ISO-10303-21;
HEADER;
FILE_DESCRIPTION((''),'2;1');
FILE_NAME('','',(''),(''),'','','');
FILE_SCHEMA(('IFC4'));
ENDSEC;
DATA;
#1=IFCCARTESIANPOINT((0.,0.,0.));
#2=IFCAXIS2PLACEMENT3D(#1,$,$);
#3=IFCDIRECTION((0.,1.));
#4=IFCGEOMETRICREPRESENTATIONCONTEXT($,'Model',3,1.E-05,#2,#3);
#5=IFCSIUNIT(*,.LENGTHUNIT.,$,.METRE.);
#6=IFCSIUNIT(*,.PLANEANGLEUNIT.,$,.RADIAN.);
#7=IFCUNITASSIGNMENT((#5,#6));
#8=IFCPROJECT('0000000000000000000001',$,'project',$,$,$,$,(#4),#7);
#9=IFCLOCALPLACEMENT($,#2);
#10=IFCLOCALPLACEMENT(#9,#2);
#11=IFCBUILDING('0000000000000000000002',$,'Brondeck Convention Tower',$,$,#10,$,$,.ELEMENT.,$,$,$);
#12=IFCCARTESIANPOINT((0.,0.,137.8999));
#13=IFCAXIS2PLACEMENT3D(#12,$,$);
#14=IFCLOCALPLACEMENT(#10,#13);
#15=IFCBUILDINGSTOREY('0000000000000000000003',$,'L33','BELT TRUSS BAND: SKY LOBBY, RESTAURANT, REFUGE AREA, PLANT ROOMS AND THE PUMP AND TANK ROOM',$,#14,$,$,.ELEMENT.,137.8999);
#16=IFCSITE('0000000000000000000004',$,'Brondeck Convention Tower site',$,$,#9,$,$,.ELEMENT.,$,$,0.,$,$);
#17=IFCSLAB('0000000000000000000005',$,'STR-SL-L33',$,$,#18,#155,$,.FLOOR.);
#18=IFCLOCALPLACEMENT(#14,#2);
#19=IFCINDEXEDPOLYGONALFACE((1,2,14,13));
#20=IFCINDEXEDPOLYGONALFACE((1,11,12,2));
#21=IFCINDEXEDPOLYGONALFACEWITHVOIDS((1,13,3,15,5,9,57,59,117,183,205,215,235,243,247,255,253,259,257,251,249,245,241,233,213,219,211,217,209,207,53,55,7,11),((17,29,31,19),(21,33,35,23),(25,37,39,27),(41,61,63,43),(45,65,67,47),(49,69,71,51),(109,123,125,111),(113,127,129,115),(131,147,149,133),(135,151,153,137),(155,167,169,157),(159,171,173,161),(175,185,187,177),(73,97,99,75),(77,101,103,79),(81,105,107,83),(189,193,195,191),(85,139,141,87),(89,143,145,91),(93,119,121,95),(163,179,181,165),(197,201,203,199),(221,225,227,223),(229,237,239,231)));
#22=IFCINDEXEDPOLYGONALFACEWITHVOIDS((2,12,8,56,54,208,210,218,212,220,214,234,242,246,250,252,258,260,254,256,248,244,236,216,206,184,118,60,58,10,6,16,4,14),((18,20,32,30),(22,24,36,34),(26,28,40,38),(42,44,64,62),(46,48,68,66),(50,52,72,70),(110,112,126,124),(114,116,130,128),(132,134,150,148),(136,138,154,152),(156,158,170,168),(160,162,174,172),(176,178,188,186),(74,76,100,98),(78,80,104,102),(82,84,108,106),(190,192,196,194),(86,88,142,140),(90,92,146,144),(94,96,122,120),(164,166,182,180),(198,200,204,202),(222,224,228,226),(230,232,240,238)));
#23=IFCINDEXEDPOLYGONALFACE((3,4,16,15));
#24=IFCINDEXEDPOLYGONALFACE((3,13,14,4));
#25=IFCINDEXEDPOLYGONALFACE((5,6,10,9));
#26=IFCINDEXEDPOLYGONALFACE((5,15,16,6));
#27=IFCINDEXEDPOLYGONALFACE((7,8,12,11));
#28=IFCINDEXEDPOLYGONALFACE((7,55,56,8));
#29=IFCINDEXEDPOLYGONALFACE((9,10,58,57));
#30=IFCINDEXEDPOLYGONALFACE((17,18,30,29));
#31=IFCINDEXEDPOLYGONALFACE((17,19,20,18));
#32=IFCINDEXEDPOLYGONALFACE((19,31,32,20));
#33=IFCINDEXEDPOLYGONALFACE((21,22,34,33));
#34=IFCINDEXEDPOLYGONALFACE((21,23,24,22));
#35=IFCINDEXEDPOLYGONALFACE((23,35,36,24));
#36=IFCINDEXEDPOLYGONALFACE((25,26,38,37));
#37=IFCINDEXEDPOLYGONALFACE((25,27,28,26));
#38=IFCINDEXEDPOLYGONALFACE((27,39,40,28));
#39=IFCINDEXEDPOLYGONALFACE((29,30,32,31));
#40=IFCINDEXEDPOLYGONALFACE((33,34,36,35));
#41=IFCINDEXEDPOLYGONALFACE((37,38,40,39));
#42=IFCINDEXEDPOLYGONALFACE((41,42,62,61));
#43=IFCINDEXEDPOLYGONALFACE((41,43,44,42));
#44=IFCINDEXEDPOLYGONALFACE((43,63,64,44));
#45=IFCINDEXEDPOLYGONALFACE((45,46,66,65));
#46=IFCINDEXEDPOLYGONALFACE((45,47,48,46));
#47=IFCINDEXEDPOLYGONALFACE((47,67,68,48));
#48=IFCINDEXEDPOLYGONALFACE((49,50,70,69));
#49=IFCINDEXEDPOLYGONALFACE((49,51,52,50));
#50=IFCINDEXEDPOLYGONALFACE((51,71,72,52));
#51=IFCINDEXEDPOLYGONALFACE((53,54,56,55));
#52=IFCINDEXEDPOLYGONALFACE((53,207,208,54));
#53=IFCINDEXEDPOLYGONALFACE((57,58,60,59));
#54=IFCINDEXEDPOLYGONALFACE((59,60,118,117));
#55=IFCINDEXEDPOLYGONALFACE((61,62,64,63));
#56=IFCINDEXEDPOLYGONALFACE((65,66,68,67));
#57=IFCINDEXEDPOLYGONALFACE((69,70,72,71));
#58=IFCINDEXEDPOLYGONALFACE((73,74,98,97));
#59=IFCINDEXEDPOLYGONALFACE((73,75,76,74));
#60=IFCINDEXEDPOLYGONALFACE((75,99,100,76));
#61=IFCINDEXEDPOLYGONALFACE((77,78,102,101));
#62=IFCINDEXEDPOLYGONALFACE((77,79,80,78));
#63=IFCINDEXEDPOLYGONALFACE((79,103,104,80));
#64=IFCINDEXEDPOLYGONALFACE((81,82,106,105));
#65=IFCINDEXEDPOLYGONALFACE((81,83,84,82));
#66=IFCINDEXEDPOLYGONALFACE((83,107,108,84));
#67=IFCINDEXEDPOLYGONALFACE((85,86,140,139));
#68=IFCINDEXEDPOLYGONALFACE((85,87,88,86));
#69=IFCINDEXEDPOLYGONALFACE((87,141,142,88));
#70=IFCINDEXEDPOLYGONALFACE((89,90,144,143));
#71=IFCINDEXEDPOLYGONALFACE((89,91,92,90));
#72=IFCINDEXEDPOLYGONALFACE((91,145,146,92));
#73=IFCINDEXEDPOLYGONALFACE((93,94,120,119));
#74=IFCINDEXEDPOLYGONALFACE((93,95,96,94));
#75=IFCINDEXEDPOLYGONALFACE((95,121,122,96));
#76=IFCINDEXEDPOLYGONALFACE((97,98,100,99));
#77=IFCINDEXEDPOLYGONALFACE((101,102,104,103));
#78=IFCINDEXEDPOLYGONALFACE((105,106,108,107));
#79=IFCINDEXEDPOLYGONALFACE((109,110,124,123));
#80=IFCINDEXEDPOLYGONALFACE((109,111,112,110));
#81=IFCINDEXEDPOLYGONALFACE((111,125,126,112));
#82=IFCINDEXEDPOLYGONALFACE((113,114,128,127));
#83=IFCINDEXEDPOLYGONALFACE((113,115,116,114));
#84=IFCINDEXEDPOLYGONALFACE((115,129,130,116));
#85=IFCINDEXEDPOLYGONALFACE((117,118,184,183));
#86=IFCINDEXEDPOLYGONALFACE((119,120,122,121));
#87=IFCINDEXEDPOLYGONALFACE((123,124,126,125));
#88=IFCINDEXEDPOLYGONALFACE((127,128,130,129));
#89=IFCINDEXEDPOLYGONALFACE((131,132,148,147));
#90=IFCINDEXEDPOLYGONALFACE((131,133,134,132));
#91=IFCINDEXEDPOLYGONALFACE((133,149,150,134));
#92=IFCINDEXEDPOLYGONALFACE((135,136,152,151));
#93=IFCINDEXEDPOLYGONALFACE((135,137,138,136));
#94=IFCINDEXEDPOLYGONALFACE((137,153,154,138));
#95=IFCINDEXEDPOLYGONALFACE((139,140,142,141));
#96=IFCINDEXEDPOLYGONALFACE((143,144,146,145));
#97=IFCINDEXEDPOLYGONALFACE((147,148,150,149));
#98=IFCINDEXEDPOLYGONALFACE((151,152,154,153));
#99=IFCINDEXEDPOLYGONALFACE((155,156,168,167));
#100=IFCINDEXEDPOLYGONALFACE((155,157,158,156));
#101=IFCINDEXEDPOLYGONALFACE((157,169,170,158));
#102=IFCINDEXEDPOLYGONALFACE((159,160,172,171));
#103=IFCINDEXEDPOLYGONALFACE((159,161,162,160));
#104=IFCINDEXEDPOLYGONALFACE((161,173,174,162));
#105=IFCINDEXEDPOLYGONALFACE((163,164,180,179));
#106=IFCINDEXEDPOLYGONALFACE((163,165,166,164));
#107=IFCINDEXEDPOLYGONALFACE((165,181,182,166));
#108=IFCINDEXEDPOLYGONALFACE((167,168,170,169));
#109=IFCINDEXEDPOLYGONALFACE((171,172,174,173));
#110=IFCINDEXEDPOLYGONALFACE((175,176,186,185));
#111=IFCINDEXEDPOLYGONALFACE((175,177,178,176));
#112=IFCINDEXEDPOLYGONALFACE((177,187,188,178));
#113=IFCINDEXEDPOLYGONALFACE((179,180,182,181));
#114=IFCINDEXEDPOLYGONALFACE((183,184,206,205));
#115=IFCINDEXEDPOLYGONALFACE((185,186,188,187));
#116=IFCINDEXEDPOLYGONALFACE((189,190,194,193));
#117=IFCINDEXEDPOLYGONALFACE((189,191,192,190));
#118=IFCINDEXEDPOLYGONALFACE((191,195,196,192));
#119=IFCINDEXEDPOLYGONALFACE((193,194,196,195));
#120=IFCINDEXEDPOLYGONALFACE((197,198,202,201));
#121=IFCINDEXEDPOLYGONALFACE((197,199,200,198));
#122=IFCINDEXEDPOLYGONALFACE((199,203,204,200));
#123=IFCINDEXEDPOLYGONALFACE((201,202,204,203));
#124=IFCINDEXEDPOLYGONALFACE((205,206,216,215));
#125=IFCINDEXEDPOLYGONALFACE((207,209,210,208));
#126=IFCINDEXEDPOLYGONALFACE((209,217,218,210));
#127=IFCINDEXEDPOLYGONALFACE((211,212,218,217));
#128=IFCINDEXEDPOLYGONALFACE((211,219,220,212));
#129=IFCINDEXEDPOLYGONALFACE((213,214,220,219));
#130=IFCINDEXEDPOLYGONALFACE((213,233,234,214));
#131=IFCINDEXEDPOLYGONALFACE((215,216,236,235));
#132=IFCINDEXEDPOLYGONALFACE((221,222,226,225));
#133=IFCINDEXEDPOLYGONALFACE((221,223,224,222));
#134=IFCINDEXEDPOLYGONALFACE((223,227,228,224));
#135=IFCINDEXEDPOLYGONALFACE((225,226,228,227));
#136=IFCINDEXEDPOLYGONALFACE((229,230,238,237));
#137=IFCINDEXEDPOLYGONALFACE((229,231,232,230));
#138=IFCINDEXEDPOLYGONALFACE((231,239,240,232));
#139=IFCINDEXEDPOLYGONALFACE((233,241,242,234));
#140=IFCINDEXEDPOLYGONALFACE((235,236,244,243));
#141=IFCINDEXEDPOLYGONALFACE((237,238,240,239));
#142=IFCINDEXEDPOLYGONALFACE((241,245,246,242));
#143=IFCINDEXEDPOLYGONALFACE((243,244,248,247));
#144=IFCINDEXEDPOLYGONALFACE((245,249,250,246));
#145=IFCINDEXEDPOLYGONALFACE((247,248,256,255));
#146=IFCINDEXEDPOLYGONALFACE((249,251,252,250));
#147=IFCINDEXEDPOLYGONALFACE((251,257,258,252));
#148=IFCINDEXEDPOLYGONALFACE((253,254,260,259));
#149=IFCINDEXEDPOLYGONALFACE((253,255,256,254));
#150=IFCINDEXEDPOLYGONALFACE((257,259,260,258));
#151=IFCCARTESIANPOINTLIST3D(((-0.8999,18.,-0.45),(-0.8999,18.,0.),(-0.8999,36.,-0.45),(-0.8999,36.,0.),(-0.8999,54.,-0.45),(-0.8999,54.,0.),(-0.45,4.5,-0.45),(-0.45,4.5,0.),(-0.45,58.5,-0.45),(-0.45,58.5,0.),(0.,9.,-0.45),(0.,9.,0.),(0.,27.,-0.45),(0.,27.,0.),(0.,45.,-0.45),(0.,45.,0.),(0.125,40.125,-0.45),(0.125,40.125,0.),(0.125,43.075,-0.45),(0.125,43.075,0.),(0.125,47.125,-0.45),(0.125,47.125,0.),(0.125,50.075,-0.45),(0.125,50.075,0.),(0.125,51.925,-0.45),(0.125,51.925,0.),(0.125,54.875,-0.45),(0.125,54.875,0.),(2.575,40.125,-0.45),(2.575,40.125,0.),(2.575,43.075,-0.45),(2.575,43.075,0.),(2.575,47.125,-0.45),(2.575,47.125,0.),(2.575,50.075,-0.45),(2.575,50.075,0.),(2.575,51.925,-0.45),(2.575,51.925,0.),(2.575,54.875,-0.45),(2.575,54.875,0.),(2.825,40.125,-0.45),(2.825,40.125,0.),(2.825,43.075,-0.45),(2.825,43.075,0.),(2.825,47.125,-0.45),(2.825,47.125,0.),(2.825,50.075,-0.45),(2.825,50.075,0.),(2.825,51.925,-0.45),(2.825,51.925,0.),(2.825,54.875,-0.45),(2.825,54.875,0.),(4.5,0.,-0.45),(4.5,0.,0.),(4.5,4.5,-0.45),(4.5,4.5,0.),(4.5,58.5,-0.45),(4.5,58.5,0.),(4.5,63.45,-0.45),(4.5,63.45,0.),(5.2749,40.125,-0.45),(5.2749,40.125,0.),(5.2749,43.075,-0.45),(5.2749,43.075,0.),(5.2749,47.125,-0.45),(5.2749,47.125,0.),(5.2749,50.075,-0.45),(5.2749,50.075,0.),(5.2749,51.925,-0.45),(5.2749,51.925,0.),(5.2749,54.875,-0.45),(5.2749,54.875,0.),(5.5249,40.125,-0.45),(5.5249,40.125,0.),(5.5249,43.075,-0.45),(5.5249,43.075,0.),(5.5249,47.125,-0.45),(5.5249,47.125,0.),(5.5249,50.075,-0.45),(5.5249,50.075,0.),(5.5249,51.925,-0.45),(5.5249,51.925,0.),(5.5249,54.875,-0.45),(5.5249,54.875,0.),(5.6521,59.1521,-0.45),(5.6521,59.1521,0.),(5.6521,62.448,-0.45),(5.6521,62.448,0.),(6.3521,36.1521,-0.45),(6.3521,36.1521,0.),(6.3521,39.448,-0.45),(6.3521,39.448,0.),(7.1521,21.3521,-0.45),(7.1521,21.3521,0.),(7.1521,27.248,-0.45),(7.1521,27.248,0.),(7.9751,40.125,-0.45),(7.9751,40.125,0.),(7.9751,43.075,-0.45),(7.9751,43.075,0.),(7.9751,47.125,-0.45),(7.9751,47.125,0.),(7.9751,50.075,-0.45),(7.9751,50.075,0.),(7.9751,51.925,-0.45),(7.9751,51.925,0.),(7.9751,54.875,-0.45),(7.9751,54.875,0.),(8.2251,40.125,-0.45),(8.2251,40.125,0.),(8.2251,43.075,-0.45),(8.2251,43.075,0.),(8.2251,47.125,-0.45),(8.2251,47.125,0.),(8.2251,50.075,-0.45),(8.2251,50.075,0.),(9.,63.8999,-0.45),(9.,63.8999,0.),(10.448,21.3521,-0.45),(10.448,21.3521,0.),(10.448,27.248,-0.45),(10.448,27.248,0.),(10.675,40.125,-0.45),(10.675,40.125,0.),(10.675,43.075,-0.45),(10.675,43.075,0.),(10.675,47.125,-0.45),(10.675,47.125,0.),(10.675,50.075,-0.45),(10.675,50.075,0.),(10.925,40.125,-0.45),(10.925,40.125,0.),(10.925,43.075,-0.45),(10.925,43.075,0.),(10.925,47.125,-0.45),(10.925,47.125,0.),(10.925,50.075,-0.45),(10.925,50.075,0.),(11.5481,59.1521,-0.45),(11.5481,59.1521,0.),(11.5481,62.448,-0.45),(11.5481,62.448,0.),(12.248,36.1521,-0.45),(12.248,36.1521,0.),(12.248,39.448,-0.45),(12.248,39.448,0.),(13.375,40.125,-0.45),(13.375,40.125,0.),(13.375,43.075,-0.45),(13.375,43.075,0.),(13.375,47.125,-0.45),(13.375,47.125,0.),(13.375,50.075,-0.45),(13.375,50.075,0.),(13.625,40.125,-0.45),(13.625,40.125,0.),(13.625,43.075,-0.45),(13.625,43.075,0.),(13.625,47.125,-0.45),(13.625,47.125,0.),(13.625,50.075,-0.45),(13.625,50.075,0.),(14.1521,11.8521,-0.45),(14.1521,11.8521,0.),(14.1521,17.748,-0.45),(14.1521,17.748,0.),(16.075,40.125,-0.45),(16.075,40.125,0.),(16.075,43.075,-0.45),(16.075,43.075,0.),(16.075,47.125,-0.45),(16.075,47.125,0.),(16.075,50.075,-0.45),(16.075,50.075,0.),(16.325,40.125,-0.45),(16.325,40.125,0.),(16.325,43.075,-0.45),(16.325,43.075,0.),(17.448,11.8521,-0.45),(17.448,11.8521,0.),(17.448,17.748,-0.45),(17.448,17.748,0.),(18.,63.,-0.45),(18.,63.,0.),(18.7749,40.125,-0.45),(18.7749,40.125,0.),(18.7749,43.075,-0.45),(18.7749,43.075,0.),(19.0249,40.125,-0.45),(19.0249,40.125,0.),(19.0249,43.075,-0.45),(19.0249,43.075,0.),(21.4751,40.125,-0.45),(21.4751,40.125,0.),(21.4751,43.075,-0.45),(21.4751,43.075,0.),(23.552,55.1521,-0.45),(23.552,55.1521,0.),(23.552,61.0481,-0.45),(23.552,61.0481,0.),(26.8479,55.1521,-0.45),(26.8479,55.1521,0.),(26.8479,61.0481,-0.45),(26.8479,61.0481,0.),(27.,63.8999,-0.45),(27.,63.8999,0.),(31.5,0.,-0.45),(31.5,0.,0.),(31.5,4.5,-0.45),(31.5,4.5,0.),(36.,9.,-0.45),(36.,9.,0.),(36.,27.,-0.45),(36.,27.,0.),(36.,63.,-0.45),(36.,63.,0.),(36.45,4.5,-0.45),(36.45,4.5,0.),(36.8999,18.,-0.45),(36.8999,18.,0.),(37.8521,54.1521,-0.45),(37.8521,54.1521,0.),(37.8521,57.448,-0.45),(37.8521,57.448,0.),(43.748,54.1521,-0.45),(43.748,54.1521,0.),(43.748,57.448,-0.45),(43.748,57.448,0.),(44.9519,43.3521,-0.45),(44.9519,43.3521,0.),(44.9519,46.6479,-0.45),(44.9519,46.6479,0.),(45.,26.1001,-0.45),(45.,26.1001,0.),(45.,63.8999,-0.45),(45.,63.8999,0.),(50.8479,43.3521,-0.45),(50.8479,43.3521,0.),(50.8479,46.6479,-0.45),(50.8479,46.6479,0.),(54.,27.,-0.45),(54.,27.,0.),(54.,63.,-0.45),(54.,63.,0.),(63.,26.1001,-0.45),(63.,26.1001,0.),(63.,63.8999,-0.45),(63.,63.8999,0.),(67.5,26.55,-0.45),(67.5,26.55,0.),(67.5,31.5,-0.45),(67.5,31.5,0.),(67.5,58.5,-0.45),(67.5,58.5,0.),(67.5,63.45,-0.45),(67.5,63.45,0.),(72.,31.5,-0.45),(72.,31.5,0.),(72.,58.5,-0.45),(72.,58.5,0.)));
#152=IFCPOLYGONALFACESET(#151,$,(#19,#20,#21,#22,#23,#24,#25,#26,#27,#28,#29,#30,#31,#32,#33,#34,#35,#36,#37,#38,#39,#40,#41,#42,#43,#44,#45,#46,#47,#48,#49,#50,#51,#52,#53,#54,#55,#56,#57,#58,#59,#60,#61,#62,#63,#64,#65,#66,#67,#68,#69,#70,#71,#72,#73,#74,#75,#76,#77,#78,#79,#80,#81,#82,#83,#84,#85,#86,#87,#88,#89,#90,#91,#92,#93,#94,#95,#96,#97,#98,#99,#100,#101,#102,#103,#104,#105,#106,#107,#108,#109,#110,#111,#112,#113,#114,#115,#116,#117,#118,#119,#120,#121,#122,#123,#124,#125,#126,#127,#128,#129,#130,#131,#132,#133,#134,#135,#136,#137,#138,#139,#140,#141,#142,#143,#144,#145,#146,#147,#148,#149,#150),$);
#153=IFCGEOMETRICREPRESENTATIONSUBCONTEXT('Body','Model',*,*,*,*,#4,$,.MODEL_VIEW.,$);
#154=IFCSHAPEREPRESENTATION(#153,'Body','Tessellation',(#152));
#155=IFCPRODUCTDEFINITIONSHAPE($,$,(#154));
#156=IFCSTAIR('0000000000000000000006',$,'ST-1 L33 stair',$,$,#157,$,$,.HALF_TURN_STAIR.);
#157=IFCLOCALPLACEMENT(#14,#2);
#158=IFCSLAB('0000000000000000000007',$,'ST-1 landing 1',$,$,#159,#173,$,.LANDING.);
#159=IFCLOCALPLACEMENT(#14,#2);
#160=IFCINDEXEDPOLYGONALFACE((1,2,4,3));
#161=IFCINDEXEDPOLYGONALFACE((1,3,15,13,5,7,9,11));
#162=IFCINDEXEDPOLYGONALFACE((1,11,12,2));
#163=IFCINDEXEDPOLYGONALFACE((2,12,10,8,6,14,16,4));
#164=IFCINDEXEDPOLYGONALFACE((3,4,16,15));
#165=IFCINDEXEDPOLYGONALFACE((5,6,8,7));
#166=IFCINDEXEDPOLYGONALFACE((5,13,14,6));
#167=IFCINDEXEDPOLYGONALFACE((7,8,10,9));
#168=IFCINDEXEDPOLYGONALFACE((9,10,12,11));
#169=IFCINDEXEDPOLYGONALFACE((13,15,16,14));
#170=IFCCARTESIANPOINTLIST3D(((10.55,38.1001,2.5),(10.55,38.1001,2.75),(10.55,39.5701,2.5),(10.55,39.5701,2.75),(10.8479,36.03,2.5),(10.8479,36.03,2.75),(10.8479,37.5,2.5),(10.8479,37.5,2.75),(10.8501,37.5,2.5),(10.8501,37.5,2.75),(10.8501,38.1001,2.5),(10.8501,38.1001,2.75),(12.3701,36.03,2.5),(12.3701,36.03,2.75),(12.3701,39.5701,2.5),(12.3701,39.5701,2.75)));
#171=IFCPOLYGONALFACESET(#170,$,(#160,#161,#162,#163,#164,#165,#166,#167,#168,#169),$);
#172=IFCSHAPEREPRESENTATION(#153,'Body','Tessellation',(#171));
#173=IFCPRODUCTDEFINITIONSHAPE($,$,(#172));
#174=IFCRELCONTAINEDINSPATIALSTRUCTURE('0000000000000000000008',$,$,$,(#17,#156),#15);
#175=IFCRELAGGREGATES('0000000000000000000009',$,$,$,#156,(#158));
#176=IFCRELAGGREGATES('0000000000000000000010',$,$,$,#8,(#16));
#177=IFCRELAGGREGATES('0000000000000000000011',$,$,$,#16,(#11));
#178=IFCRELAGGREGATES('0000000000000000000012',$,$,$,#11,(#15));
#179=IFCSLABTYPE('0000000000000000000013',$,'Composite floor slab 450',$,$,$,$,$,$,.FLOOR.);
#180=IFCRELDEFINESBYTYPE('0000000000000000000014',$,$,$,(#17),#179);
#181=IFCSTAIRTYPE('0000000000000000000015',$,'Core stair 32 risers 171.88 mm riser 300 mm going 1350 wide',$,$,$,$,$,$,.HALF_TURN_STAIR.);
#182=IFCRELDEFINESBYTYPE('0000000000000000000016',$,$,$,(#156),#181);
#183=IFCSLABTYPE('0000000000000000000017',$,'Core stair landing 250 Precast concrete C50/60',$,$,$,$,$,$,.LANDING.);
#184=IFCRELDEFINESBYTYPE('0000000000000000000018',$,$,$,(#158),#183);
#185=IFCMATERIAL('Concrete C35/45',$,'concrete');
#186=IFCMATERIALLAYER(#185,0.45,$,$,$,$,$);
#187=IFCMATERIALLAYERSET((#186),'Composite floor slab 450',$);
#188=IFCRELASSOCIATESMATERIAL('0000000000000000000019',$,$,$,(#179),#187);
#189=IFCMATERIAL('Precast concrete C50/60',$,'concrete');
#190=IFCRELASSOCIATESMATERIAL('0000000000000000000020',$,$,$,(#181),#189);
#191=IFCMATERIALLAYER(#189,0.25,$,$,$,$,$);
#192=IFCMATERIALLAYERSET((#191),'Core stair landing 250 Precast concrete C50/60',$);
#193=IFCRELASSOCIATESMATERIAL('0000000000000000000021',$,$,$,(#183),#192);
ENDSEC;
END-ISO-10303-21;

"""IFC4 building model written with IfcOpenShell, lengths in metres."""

from ifc_helpers import new_model, si_unit, direction, frame, origin, place, context, subcontext, project, spatial, polyline, outline, extrude, material, layer, layer_set, type_object, element, aggregate, save


model = new_model("IFC4")

# Units and contexts
model_context = context("Model", 3, precision=1e-05, world=origin(), true_north=direction((0.0, 1.0)))
body_context = subcontext(model_context, "Body", "Model", "MODEL_VIEW")
ifc_project = project(units=[si_unit("LENGTHUNIT", "METRE"), si_unit("PLANEANGLEUNIT", "RADIAN")], contexts=[model_context])

# Site, building, storey
site_placement = place(None, origin())
site = spatial("IfcSite", under=ifc_project, at=site_placement, Name="Brondeck Convention Tower site", CompositionType="ELEMENT", RefElevation=0.0)
building_placement = place(site_placement, origin())
building = spatial("IfcBuilding", under=site, at=building_placement, Name="Brondeck Convention Tower", CompositionType="ELEMENT")
storey_placement = place(building_placement, frame((0.0, 0.0, 137.8999)))
storey = spatial("IfcBuildingStorey", under=building, at=storey_placement, Name="L33", Description="BELT TRUSS BAND: SKY LOBBY, RESTAURANT, REFUGE AREA, PLANT ROOMS AND THE PUMP AND TANK ROOM", CompositionType="ELEMENT", Elevation=137.8999)

# Slab
ifc_material_1 = material(Name="Concrete C35/45", Category="concrete")
ifc_layer_1 = layer(ifc_material_1, 0.45)
ifc_layer_set_1 = layer_set([ifc_layer_1], Name="Composite floor slab 450")
slab_type_1 = type_object("IfcSlabType", Name="Composite floor slab 450", PredefinedType="FLOOR", material=ifc_layer_set_1)
slab_1_placement = place(storey_placement, frame((0.0, 0.0, -0.45)))
element("IfcSlab", 1, at=slab_1_placement, inside=storey, type_object=slab_type_1, Name="STR-SL-L33", PredefinedType="FLOOR", context=body_context, shape_type="SweptSolid", body=[
    extrude(outline(polyline([(4.5, 4.5), (-0.45, 4.5), (0.0, 9.0), (-0.8999, 18.0), (0.0, 27.0), (-0.8999, 36.0), (0.0, 45.0), (-0.8999, 54.0), (-0.45, 58.5), (4.5, 58.5), (4.5, 63.45), (9.0, 63.8999), (18.0, 63.0), (27.0, 63.8999), (36.0, 63.0), (45.0, 63.8999), (54.0, 63.0), (63.0, 63.8999), (67.5, 63.45), (67.5, 58.5), (72.0, 58.5), (72.0, 31.5), (67.5, 31.5), (67.5, 26.55), (63.0, 26.1001), (54.0, 27.0), (45.0, 26.1001), (36.0, 27.0), (36.8999, 18.0), (36.0, 9.0), (36.45, 4.5), (31.5, 4.5), (31.5, 0.0), (4.5, 0.0), (4.5, 4.5)]), holes=[polyline([(10.448, 27.248), (7.1521, 27.248), (7.1521, 21.3521), (10.448, 21.3521), (10.448, 27.248)]), polyline([(6.3521, 36.1521), (12.248, 36.1521), (12.248, 39.448), (6.3521, 39.448), (6.3521, 36.1521)]), polyline([(0.125, 40.125), (2.575, 40.125), (2.575, 43.075), (0.125, 43.075), (0.125, 40.125)]), polyline([(5.2749, 40.125), (5.2749, 43.075), (2.825, 43.075), (2.825, 40.125), (5.2749, 40.125)]), polyline([(5.5249, 40.125), (7.9751, 40.125), (7.9751, 43.075), (5.5249, 43.075), (5.5249, 40.125)]), polyline([(0.125, 47.125), (2.575, 47.125), (2.575, 50.075), (0.125, 50.075), (0.125, 47.125)]), polyline([(5.2749, 47.125), (5.2749, 50.075), (2.825, 50.075), (2.825, 47.125), (5.2749, 47.125)]), polyline([(5.5249, 47.125), (7.9751, 47.125), (7.9751, 50.075), (5.5249, 50.075), (5.5249, 47.125)]), polyline([(0.125, 51.925), (2.575, 51.925), (2.575, 54.875), (0.125, 54.875), (0.125, 51.925)]), polyline([(5.2749, 51.925), (5.2749, 54.875), (2.825, 54.875), (2.825, 51.925), (5.2749, 51.925)]), polyline([(5.5249, 51.925), (7.9751, 51.925), (7.9751, 54.875), (5.5249, 54.875), (5.5249, 51.925)]), polyline([(11.5481, 62.448), (5.6521, 62.448), (5.6521, 59.1521), (11.5481, 59.1521), (11.5481, 62.448)]), polyline([(17.448, 17.748), (14.1521, 17.748), (14.1521, 11.8521), (17.448, 11.8521), (17.448, 17.748)]), polyline([(8.2251, 40.125), (10.675, 40.125), (10.675, 43.075), (8.2251, 43.075), (8.2251, 40.125)]), polyline([(10.925, 40.125), (13.375, 40.125), (13.375, 43.075), (10.925, 43.075), (10.925, 40.125)]), polyline([(16.075, 40.125), (16.075, 43.075), (13.625, 43.075), (13.625, 40.125), (16.075, 40.125)]), polyline([(16.325, 40.125), (18.7749, 40.125), (18.7749, 43.075), (16.325, 43.075), (16.325, 40.125)]), polyline([(19.0249, 40.125), (21.4751, 40.125), (21.4751, 43.075), (19.0249, 43.075), (19.0249, 40.125)]), polyline([(50.8479, 43.3521), (50.8479, 46.6479), (44.9519, 46.6479), (44.9519, 43.3521), (50.8479, 43.3521)]), polyline([(8.2251, 47.125), (10.675, 47.125), (10.675, 50.075), (8.2251, 50.075), (8.2251, 47.125)]), polyline([(10.925, 47.125), (13.375, 47.125), (13.375, 50.075), (10.925, 50.075), (10.925, 47.125)]), polyline([(16.075, 47.125), (16.075, 50.075), (13.625, 50.075), (13.625, 47.125), (16.075, 47.125)]), polyline([(37.8521, 54.1521), (43.748, 54.1521), (43.748, 57.448), (37.8521, 57.448), (37.8521, 54.1521)]), polyline([(23.552, 61.0481), (23.552, 55.1521), (26.8479, 55.1521), (26.8479, 61.0481), (23.552, 61.0481)])]), origin(), (0.0, 0.0, 1.0), 0.45),
])

# Stair, slab
ifc_material_2 = material(Name="Precast concrete C50/60", Category="concrete")
stair_type = type_object("IfcStairType", Name="Core stair 32 risers 171.88 mm riser 300 mm going 1350 wide", PredefinedType="HALF_TURN_STAIR", material=ifc_material_2)
stair_1_placement = place(storey_placement, origin())
stair_1 = element("IfcStair", 2, at=stair_1_placement, inside=storey, type_object=stair_type, Name="ST-1 L33 stair", PredefinedType="HALF_TURN_STAIR")
ifc_layer_2 = layer(ifc_material_2, 0.25)
ifc_layer_set_2 = layer_set([ifc_layer_2], Name="Core stair landing 250 Precast concrete C50/60")
slab_type_2 = type_object("IfcSlabType", Name="Core stair landing 250 Precast concrete C50/60", PredefinedType="LANDING", material=ifc_layer_set_2)
slab_2_placement = place(storey_placement, frame((0.0, 0.0, 2.5)))
slab_2 = element("IfcSlab", 3, at=slab_2_placement, type_object=slab_type_2, Name="ST-1 landing 1", PredefinedType="LANDING", context=body_context, shape_type="SweptSolid", body=[
    extrude(outline(polyline([(10.8479, 37.5), (10.8501, 37.5), (10.8501, 38.1001), (10.55, 38.1001), (10.55, 39.5701), (12.3701, 39.5701), (12.3701, 36.03), (10.8479, 36.03), (10.8479, 37.5)])), origin(), (0.0, 0.0, 1.0), 0.25),
])
aggregate(stair_1, [slab_2])

save(model, "model.ifc")
